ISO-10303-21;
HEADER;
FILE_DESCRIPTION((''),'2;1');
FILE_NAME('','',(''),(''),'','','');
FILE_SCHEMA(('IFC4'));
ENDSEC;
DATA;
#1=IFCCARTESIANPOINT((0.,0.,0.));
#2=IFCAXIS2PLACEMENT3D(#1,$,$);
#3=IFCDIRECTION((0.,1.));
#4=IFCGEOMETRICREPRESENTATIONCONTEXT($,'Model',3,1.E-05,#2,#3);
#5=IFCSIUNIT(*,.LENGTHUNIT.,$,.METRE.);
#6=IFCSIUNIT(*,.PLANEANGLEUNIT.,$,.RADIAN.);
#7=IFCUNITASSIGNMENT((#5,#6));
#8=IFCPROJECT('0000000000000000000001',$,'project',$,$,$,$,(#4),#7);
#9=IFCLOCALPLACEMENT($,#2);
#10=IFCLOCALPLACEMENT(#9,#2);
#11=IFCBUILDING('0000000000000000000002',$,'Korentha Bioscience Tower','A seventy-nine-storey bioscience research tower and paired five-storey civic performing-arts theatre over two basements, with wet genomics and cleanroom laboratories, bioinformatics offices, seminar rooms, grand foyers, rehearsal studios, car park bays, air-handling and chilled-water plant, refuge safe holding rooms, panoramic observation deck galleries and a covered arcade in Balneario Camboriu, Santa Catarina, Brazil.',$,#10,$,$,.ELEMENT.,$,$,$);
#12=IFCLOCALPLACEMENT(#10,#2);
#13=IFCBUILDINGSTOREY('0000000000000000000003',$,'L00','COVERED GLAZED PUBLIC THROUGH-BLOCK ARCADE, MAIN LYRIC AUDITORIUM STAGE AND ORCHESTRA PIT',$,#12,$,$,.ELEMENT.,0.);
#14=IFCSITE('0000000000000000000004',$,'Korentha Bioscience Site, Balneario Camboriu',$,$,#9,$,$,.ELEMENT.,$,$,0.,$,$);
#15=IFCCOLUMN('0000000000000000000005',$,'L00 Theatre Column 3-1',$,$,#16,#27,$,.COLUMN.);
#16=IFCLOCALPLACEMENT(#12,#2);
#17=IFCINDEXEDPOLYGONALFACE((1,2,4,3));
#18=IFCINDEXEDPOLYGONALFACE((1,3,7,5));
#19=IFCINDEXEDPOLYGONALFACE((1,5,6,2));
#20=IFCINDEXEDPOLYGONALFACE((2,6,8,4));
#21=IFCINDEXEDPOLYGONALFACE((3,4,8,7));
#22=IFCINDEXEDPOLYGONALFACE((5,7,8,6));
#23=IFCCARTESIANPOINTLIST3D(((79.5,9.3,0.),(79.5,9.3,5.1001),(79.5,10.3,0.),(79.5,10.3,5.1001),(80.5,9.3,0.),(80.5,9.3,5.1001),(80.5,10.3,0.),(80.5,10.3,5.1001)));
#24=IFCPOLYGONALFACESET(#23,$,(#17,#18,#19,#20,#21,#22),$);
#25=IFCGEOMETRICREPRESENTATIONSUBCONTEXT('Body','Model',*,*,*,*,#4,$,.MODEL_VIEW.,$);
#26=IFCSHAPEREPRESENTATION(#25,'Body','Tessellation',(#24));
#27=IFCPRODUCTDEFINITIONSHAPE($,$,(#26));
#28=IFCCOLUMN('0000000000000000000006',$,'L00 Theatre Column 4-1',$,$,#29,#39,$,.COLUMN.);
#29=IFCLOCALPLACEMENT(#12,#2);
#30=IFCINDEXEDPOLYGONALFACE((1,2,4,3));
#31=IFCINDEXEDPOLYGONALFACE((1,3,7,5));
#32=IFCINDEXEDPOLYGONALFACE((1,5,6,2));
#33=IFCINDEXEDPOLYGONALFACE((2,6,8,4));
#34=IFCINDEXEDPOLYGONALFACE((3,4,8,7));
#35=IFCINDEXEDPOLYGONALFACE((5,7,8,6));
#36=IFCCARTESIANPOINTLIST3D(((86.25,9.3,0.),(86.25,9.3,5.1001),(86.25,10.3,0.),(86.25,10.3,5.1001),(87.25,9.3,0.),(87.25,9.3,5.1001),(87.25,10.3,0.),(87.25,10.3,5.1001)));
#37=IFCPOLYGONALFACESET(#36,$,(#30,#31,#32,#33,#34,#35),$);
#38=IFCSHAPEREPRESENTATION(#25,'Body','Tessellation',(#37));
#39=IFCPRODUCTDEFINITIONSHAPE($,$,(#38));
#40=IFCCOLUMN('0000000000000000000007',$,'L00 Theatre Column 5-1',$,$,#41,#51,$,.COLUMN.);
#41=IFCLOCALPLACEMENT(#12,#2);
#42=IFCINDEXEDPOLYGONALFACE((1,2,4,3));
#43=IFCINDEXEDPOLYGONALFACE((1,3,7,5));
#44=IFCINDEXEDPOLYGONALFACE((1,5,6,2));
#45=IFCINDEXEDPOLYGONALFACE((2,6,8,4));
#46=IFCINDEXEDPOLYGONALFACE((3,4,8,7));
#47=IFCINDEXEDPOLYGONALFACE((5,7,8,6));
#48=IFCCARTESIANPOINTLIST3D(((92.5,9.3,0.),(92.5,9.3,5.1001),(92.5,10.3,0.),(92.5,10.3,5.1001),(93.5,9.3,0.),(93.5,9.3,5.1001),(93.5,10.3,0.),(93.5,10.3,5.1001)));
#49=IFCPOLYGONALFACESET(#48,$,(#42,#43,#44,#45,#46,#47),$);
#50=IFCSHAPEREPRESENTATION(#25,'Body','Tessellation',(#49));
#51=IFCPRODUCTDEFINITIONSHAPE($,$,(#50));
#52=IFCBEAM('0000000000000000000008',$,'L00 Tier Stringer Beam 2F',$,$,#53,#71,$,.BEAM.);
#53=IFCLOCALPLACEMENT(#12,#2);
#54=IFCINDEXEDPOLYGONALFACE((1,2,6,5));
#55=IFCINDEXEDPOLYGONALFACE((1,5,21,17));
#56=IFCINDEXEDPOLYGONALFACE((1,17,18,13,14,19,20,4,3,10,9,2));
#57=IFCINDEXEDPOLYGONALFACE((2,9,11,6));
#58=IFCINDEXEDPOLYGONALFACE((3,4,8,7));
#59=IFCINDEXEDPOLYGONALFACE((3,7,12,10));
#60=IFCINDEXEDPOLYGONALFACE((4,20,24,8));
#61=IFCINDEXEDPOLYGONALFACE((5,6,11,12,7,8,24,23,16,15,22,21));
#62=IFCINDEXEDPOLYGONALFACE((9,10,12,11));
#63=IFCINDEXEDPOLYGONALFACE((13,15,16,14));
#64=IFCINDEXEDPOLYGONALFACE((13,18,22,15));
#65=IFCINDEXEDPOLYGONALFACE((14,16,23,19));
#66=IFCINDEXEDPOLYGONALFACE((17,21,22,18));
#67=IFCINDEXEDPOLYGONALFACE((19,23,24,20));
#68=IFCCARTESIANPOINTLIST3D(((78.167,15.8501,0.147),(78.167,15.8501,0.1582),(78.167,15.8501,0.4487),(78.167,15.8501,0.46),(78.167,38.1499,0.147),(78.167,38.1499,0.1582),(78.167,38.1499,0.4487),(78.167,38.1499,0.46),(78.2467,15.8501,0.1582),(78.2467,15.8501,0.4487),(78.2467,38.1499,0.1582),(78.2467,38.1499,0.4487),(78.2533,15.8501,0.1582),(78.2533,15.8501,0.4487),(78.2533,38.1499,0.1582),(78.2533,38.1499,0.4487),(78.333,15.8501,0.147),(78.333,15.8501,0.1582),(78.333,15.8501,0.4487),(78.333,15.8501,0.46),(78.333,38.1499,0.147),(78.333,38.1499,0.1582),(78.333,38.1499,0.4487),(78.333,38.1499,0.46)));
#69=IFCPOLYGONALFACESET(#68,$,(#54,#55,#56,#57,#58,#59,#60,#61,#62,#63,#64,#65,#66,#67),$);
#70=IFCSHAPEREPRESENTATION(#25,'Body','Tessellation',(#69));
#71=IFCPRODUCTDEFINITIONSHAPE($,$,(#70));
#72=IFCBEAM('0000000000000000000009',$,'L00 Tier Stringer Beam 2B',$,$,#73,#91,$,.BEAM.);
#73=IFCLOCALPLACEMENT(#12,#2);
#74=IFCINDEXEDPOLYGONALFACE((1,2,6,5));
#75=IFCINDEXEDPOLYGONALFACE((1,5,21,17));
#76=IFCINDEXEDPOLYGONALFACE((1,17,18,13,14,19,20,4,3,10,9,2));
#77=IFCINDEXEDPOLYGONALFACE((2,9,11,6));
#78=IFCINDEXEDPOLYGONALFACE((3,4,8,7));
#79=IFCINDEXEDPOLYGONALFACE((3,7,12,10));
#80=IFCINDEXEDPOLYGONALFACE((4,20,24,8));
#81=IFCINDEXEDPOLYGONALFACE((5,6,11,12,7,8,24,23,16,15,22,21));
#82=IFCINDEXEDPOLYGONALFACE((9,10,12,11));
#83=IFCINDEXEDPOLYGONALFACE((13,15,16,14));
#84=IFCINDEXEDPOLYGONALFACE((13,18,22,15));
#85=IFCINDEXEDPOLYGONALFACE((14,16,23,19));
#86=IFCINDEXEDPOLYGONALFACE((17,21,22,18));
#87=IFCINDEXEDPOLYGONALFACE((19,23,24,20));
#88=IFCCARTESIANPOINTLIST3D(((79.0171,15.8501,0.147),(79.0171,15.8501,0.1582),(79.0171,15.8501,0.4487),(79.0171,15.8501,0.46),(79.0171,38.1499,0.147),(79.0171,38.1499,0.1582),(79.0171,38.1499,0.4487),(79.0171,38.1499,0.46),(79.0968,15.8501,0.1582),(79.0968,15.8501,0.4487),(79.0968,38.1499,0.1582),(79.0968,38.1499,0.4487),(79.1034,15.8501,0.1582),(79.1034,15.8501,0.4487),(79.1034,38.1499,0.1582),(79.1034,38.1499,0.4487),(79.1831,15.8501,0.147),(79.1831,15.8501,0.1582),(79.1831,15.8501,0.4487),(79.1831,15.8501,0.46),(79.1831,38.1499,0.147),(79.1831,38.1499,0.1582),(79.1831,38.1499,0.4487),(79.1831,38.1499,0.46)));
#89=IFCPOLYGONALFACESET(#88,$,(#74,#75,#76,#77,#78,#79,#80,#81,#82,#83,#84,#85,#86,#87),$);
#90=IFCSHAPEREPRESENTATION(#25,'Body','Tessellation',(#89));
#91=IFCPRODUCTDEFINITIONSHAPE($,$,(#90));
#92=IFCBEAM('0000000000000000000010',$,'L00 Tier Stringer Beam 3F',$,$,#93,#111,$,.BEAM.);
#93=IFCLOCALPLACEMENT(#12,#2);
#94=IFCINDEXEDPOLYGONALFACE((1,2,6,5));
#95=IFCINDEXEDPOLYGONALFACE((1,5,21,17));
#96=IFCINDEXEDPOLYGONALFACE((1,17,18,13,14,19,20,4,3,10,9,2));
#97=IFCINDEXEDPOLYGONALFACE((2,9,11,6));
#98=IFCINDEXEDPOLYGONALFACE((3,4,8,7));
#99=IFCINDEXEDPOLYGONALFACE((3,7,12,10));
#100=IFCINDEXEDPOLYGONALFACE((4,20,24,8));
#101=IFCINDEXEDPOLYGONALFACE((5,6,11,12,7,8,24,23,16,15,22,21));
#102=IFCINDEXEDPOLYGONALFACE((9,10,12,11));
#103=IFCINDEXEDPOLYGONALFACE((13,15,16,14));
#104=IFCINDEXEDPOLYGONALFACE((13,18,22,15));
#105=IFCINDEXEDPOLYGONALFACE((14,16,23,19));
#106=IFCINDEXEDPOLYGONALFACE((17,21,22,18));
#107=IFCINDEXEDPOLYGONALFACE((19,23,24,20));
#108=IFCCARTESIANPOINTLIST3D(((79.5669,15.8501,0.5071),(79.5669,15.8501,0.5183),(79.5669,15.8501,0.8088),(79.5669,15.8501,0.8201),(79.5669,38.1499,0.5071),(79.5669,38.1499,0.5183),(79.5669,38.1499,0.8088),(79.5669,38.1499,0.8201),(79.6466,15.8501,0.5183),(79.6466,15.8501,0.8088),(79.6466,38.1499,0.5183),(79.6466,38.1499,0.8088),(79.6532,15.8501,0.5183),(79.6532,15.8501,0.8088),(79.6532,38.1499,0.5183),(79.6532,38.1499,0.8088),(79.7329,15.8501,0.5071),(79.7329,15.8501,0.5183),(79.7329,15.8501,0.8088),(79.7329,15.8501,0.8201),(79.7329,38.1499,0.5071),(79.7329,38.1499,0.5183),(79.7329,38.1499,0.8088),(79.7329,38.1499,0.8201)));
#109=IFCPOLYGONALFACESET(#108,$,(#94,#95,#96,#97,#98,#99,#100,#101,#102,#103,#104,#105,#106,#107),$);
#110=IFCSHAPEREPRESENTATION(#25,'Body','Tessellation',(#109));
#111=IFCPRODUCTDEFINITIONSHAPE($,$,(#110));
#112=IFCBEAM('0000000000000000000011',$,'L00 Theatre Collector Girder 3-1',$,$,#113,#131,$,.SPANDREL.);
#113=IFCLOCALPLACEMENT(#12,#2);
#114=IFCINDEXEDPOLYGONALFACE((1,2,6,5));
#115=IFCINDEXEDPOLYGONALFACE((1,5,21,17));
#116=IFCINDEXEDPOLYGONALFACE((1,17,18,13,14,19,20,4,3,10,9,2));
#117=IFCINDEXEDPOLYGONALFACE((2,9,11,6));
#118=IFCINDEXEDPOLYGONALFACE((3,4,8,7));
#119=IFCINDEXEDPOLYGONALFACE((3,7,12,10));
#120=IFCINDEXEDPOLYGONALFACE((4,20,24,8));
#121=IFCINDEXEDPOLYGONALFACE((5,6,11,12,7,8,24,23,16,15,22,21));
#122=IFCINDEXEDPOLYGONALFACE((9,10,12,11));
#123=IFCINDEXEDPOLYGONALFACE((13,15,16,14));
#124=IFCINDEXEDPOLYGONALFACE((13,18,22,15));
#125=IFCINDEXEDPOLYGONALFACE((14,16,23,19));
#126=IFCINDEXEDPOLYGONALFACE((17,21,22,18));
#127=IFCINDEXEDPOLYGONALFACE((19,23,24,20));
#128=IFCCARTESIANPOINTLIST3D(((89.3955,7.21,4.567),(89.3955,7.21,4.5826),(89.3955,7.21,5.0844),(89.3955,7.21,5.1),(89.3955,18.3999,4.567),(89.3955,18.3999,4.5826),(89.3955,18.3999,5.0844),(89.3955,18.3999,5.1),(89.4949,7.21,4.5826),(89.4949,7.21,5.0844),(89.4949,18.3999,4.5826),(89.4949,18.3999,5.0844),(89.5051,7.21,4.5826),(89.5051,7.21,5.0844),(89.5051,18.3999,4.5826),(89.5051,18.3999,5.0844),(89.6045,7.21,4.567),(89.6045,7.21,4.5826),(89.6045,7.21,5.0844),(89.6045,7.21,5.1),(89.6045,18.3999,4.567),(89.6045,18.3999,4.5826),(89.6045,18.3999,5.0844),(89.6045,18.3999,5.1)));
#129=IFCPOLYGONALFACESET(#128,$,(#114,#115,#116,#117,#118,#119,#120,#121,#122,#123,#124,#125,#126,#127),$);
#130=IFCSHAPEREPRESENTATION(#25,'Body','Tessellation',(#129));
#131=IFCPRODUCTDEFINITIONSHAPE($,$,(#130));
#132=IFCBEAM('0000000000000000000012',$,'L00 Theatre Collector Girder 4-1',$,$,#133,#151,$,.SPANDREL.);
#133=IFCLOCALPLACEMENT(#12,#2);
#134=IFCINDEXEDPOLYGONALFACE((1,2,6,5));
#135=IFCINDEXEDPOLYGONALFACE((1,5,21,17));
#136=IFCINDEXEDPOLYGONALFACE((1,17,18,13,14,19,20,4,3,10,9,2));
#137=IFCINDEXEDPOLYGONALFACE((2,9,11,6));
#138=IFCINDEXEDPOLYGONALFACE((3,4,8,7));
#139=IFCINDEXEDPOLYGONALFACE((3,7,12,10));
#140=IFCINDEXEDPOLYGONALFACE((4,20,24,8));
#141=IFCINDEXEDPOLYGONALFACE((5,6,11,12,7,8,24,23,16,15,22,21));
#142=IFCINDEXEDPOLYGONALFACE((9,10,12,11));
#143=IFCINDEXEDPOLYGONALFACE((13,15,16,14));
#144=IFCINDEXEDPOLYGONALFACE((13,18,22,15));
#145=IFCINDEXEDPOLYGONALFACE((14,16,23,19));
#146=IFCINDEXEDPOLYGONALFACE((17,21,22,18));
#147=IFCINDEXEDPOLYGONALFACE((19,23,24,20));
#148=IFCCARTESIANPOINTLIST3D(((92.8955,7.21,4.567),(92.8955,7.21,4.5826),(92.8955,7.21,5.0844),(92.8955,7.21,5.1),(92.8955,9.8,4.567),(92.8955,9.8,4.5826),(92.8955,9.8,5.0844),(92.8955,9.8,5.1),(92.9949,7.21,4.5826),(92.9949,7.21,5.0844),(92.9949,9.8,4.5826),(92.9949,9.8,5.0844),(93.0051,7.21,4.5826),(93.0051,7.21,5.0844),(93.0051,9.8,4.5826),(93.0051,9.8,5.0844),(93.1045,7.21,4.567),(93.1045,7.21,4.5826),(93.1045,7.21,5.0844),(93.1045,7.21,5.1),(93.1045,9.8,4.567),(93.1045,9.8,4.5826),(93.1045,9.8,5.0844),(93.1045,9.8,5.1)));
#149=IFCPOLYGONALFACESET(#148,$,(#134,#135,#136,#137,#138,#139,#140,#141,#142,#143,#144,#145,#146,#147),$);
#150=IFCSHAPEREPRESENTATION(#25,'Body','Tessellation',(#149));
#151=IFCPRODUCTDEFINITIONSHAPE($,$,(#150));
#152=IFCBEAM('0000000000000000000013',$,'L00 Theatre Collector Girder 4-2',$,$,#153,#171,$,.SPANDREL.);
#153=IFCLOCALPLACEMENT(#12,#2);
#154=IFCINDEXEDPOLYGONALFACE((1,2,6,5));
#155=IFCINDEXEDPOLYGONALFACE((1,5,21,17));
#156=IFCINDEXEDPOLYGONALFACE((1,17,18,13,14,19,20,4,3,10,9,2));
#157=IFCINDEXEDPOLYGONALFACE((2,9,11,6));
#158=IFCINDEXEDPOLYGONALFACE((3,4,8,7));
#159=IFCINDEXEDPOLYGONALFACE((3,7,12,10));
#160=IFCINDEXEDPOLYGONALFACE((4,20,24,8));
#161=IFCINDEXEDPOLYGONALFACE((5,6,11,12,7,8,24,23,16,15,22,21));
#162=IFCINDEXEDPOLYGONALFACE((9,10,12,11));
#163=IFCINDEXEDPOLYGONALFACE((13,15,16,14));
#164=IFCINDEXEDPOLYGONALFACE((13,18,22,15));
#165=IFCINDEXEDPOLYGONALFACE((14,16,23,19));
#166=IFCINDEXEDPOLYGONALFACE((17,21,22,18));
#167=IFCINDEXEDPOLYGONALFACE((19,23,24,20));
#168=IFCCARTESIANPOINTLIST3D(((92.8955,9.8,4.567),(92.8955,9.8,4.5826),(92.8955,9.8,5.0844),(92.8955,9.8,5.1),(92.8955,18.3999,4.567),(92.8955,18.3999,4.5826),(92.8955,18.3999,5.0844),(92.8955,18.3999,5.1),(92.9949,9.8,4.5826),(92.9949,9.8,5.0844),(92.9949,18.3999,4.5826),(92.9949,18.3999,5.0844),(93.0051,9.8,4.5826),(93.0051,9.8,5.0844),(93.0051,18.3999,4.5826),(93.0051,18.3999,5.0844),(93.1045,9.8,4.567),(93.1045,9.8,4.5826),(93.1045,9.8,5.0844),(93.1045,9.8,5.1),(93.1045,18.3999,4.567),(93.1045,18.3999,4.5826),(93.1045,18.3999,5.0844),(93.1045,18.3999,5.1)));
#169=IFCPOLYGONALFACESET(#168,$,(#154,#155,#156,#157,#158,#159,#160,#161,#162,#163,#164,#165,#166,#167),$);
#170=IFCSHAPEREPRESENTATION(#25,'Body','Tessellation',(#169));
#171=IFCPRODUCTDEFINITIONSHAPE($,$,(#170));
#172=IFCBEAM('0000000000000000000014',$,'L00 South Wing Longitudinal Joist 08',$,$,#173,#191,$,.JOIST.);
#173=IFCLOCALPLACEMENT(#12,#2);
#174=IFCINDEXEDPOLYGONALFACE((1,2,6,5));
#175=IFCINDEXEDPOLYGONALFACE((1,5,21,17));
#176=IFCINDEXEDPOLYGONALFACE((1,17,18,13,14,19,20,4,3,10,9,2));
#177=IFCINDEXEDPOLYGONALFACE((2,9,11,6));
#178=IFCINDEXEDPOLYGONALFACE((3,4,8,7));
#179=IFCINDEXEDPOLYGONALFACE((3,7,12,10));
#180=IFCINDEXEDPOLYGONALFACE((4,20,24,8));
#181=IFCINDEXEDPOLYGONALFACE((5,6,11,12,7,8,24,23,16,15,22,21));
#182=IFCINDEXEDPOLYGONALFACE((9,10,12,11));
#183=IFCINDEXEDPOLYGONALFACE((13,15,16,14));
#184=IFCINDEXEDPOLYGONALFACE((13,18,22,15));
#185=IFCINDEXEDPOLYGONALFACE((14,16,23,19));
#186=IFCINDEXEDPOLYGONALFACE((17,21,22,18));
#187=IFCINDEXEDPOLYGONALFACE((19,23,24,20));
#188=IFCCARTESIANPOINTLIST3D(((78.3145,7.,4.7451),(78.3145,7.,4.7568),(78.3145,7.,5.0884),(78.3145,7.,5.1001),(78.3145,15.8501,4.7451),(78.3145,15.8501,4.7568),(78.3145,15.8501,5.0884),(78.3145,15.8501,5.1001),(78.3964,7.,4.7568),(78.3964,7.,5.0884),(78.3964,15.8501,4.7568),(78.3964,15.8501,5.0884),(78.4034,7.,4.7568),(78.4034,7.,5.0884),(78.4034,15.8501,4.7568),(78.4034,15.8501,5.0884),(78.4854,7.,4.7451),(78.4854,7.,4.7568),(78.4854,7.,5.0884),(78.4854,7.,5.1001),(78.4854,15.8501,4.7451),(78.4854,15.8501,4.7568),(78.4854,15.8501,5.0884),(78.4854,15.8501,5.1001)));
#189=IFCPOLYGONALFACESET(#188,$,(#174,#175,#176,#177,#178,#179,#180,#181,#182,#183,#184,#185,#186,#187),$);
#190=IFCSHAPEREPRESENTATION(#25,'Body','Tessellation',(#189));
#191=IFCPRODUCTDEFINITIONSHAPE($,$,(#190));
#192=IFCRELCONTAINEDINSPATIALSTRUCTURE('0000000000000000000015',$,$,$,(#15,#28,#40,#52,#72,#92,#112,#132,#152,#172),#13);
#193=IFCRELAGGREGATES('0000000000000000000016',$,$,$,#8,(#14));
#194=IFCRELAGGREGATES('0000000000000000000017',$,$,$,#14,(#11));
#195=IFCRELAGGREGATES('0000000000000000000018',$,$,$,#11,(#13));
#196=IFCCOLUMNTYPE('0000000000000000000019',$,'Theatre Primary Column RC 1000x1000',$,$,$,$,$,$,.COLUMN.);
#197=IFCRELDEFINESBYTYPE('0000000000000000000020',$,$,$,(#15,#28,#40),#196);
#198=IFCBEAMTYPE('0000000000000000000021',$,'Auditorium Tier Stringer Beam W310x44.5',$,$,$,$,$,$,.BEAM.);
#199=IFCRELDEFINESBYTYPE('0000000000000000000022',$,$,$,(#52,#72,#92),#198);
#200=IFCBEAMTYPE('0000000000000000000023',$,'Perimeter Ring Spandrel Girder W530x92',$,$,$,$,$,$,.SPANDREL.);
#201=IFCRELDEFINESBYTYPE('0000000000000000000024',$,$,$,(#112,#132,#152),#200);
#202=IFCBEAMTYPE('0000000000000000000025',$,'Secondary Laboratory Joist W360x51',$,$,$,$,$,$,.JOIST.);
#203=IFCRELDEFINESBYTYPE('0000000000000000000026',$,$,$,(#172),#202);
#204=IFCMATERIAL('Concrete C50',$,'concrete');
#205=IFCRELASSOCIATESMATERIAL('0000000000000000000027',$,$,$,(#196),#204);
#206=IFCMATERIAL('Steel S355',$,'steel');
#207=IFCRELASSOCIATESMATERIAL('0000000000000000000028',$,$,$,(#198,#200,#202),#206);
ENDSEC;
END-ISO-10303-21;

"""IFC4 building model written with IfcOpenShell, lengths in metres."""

from ifc_helpers import new_model, si_unit, direction, frame, origin, origin_2d, place, context, subcontext, project, spatial, rectangle, i_section, extrude, material, material_profile, profile_set, type_object, element, save


model = new_model("IFC4")

# Units and contexts
model_context = context("Model", 3, precision=1e-05, world=origin(), true_north=direction((0.0, 1.0)))
body_context = subcontext(model_context, "Body", "Model", "MODEL_VIEW")
ifc_project = project(units=[si_unit("LENGTHUNIT", "METRE"), si_unit("PLANEANGLEUNIT", "RADIAN")], contexts=[model_context])

# Site, building, storey
site_placement = place(None, origin())
site = spatial("IfcSite", under=ifc_project, at=site_placement, Name="Korentha Bioscience Site, Balneario Camboriu", CompositionType="ELEMENT", RefElevation=0.0)
building_placement = place(site_placement, origin())
building = spatial("IfcBuilding", under=site, at=building_placement, Name="Korentha Bioscience Tower", Description="A seventy-nine-storey bioscience research tower and paired five-storey civic performing-arts theatre over two basements, with wet genomics and cleanroom laboratories, bioinformatics offices, seminar rooms, grand foyers, rehearsal studios, car park bays, air-handling and chilled-water plant, refuge safe holding rooms, panoramic observation deck galleries and a covered arcade in Balneario Camboriu, Santa Catarina, Brazil.", CompositionType="ELEMENT")
storey_placement = place(building_placement, origin())
storey = spatial("IfcBuildingStorey", under=building, at=storey_placement, Name="L00", Description="COVERED GLAZED PUBLIC THROUGH-BLOCK ARCADE, MAIN LYRIC AUDITORIUM STAGE AND ORCHESTRA PIT", CompositionType="ELEMENT", Elevation=0.0)

# Columns
ifc_material_1 = material(Name="Concrete C50", Category="concrete")
ifc_material_profile_1 = material_profile(ifc_material_1, rectangle(XDim=1.0, YDim=1.0, at=origin_2d()), Name="Concrete C50")
ifc_profile_set_1 = profile_set([ifc_material_profile_1], Name="Concrete C50 (TC-01)")
column_type = type_object("IfcColumnType", Name="Theatre Primary Column RC 1000x1000", PredefinedType="COLUMN", material=ifc_profile_set_1)
for number, where, z_axis, x_axis, name in (
    (1, (80.0, 9.8, 0.0), (0.0, 0.0, 1.0), (1.0, 0.0, 0.0), "L00 Theatre Column 3-1"),
    (2, (86.75, 9.8, 0.0), (0.0, 0.0, 1.0), (1.0, 0.0, 0.0), "L00 Theatre Column 4-1"),
    (3, (93.0, 9.8, 0.0), (0.0, 0.0, 1.0), (1.0, 0.0, 0.0), "L00 Theatre Column 5-1"),
):
    element("IfcColumn", number, at=place(storey_placement, frame(where, z_axis=z_axis, x_axis=x_axis)), inside=storey, type_object=column_type, Name=name, PredefinedType="COLUMN", context=body_context, shape_type="SweptSolid", body=[
        extrude(rectangle(XDim=1.0, YDim=1.0, at=origin_2d()), origin(), (0.0, 0.0, 1.0), 5.1001),
    ])

# Beams
ifc_material_2 = material(Name="Steel S355", Category="steel")
ifc_material_profile_2 = material_profile(ifc_material_2, i_section(OverallWidth=0.166, OverallDepth=0.313, WebThickness=0.0066, FlangeThickness=0.0112, at=origin_2d()), Name="Steel S355")
ifc_profile_set_2 = profile_set([ifc_material_profile_2], Name="Steel S355 (TS-310)")
beam_type_1 = type_object("IfcBeamType", Name="Auditorium Tier Stringer Beam W310x44.5", PredefinedType="BEAM", material=ifc_profile_set_2)
for number, where, z_axis, x_axis, name in (
    (4, (78.25, 15.8501, 0.3035), (0.0, 1.0, 0.0), (-1.0, 0.0, 0.0), "L00 Tier Stringer Beam 2F"),
    (5, (79.1001, 15.8501, 0.3035), (0.0, 1.0, 0.0), (-1.0, 0.0, 0.0), "L00 Tier Stringer Beam 2B"),
    (6, (79.6499, 15.8501, 0.6636), (0.0, 1.0, 0.0), (-1.0, 0.0, 0.0), "L00 Tier Stringer Beam 3F"),
):
    element("IfcBeam", number, at=place(storey_placement, frame(where, z_axis=z_axis, x_axis=x_axis)), inside=storey, type_object=beam_type_1, Name=name, PredefinedType="BEAM", context=body_context, shape_type="SweptSolid", body=[
        extrude(i_section(OverallWidth=0.166, OverallDepth=0.313, WebThickness=0.0066, FlangeThickness=0.0112, at=origin_2d()), origin(), (0.0, 0.0, 1.0), 22.2998),
    ])
ifc_material_profile_3 = material_profile(ifc_material_2, i_section(OverallWidth=0.209, OverallDepth=0.533, WebThickness=0.0103, FlangeThickness=0.0156, at=origin_2d()), Name="Steel S355")
ifc_profile_set_3 = profile_set([ifc_material_profile_3], Name="Steel S355 (SB-530)")
beam_type_2 = type_object("IfcBeamType", Name="Perimeter Ring Spandrel Girder W530x92", PredefinedType="SPANDREL", material=ifc_profile_set_3)
beam_1_placement = place(storey_placement, frame((89.5, 7.21, 4.8335), z_axis=(0.0, 1.0, 0.0), x_axis=(-1.0, 0.0, 0.0)))
element("IfcBeam", 7, at=beam_1_placement, inside=storey, type_object=beam_type_2, Name="L00 Theatre Collector Girder 3-1", PredefinedType="SPANDREL", context=body_context, shape_type="SweptSolid", body=[
    extrude(i_section(OverallWidth=0.209, OverallDepth=0.533, WebThickness=0.0103, FlangeThickness=0.0156, at=origin_2d()), origin(), (0.0, 0.0, 1.0), 11.1899),
])
beam_2_placement = place(storey_placement, frame((93.0, 7.21, 4.8335), z_axis=(0.0, 1.0, 0.0), x_axis=(-1.0, 0.0, 0.0)))
element("IfcBeam", 8, at=beam_2_placement, inside=storey, type_object=beam_type_2, Name="L00 Theatre Collector Girder 4-1", PredefinedType="SPANDREL", context=body_context, shape_type="SweptSolid", body=[
    extrude(i_section(OverallWidth=0.209, OverallDepth=0.533, WebThickness=0.0103, FlangeThickness=0.0156, at=origin_2d()), origin(), (0.0, 0.0, 1.0), 2.5901),
])
beam_3_placement = place(storey_placement, frame((93.0, 9.8, 4.8335), z_axis=(0.0, 1.0, 0.0), x_axis=(-1.0, 0.0, 0.0)))
element("IfcBeam", 9, at=beam_3_placement, inside=storey, type_object=beam_type_2, Name="L00 Theatre Collector Girder 4-2", PredefinedType="SPANDREL", context=body_context, shape_type="SweptSolid", body=[
    extrude(i_section(OverallWidth=0.209, OverallDepth=0.533, WebThickness=0.0103, FlangeThickness=0.0156, at=origin_2d()), origin(), (0.0, 0.0, 1.0), 8.5999),
])
ifc_material_profile_4 = material_profile(ifc_material_2, i_section(OverallWidth=0.1709, OverallDepth=0.355, WebThickness=0.0071, FlangeThickness=0.0117, at=origin_2d()), Name="Steel S355")
ifc_profile_set_4 = profile_set([ifc_material_profile_4], Name="Steel S355 (JB-360)")
beam_type_3 = type_object("IfcBeamType", Name="Secondary Laboratory Joist W360x51", PredefinedType="JOIST", material=ifc_profile_set_4)
for number, where, z_axis, x_axis, name in (
    (10, (78.3999, 7.0, 4.9226), (0.0, 1.0, 0.0), (-1.0, 0.0, 0.0), "L00 South Wing Longitudinal Joist 08"),
):
    element("IfcBeam", number, at=place(storey_placement, frame(where, z_axis=z_axis, x_axis=x_axis)), inside=storey, type_object=beam_type_3, Name=name, PredefinedType="JOIST", context=body_context, shape_type="SweptSolid", body=[
        extrude(i_section(OverallWidth=0.1709, OverallDepth=0.355, WebThickness=0.0071, FlangeThickness=0.0117, at=origin_2d()), origin(), (0.0, 0.0, 1.0), 8.8501),
    ])

save(model, "model.ifc")
